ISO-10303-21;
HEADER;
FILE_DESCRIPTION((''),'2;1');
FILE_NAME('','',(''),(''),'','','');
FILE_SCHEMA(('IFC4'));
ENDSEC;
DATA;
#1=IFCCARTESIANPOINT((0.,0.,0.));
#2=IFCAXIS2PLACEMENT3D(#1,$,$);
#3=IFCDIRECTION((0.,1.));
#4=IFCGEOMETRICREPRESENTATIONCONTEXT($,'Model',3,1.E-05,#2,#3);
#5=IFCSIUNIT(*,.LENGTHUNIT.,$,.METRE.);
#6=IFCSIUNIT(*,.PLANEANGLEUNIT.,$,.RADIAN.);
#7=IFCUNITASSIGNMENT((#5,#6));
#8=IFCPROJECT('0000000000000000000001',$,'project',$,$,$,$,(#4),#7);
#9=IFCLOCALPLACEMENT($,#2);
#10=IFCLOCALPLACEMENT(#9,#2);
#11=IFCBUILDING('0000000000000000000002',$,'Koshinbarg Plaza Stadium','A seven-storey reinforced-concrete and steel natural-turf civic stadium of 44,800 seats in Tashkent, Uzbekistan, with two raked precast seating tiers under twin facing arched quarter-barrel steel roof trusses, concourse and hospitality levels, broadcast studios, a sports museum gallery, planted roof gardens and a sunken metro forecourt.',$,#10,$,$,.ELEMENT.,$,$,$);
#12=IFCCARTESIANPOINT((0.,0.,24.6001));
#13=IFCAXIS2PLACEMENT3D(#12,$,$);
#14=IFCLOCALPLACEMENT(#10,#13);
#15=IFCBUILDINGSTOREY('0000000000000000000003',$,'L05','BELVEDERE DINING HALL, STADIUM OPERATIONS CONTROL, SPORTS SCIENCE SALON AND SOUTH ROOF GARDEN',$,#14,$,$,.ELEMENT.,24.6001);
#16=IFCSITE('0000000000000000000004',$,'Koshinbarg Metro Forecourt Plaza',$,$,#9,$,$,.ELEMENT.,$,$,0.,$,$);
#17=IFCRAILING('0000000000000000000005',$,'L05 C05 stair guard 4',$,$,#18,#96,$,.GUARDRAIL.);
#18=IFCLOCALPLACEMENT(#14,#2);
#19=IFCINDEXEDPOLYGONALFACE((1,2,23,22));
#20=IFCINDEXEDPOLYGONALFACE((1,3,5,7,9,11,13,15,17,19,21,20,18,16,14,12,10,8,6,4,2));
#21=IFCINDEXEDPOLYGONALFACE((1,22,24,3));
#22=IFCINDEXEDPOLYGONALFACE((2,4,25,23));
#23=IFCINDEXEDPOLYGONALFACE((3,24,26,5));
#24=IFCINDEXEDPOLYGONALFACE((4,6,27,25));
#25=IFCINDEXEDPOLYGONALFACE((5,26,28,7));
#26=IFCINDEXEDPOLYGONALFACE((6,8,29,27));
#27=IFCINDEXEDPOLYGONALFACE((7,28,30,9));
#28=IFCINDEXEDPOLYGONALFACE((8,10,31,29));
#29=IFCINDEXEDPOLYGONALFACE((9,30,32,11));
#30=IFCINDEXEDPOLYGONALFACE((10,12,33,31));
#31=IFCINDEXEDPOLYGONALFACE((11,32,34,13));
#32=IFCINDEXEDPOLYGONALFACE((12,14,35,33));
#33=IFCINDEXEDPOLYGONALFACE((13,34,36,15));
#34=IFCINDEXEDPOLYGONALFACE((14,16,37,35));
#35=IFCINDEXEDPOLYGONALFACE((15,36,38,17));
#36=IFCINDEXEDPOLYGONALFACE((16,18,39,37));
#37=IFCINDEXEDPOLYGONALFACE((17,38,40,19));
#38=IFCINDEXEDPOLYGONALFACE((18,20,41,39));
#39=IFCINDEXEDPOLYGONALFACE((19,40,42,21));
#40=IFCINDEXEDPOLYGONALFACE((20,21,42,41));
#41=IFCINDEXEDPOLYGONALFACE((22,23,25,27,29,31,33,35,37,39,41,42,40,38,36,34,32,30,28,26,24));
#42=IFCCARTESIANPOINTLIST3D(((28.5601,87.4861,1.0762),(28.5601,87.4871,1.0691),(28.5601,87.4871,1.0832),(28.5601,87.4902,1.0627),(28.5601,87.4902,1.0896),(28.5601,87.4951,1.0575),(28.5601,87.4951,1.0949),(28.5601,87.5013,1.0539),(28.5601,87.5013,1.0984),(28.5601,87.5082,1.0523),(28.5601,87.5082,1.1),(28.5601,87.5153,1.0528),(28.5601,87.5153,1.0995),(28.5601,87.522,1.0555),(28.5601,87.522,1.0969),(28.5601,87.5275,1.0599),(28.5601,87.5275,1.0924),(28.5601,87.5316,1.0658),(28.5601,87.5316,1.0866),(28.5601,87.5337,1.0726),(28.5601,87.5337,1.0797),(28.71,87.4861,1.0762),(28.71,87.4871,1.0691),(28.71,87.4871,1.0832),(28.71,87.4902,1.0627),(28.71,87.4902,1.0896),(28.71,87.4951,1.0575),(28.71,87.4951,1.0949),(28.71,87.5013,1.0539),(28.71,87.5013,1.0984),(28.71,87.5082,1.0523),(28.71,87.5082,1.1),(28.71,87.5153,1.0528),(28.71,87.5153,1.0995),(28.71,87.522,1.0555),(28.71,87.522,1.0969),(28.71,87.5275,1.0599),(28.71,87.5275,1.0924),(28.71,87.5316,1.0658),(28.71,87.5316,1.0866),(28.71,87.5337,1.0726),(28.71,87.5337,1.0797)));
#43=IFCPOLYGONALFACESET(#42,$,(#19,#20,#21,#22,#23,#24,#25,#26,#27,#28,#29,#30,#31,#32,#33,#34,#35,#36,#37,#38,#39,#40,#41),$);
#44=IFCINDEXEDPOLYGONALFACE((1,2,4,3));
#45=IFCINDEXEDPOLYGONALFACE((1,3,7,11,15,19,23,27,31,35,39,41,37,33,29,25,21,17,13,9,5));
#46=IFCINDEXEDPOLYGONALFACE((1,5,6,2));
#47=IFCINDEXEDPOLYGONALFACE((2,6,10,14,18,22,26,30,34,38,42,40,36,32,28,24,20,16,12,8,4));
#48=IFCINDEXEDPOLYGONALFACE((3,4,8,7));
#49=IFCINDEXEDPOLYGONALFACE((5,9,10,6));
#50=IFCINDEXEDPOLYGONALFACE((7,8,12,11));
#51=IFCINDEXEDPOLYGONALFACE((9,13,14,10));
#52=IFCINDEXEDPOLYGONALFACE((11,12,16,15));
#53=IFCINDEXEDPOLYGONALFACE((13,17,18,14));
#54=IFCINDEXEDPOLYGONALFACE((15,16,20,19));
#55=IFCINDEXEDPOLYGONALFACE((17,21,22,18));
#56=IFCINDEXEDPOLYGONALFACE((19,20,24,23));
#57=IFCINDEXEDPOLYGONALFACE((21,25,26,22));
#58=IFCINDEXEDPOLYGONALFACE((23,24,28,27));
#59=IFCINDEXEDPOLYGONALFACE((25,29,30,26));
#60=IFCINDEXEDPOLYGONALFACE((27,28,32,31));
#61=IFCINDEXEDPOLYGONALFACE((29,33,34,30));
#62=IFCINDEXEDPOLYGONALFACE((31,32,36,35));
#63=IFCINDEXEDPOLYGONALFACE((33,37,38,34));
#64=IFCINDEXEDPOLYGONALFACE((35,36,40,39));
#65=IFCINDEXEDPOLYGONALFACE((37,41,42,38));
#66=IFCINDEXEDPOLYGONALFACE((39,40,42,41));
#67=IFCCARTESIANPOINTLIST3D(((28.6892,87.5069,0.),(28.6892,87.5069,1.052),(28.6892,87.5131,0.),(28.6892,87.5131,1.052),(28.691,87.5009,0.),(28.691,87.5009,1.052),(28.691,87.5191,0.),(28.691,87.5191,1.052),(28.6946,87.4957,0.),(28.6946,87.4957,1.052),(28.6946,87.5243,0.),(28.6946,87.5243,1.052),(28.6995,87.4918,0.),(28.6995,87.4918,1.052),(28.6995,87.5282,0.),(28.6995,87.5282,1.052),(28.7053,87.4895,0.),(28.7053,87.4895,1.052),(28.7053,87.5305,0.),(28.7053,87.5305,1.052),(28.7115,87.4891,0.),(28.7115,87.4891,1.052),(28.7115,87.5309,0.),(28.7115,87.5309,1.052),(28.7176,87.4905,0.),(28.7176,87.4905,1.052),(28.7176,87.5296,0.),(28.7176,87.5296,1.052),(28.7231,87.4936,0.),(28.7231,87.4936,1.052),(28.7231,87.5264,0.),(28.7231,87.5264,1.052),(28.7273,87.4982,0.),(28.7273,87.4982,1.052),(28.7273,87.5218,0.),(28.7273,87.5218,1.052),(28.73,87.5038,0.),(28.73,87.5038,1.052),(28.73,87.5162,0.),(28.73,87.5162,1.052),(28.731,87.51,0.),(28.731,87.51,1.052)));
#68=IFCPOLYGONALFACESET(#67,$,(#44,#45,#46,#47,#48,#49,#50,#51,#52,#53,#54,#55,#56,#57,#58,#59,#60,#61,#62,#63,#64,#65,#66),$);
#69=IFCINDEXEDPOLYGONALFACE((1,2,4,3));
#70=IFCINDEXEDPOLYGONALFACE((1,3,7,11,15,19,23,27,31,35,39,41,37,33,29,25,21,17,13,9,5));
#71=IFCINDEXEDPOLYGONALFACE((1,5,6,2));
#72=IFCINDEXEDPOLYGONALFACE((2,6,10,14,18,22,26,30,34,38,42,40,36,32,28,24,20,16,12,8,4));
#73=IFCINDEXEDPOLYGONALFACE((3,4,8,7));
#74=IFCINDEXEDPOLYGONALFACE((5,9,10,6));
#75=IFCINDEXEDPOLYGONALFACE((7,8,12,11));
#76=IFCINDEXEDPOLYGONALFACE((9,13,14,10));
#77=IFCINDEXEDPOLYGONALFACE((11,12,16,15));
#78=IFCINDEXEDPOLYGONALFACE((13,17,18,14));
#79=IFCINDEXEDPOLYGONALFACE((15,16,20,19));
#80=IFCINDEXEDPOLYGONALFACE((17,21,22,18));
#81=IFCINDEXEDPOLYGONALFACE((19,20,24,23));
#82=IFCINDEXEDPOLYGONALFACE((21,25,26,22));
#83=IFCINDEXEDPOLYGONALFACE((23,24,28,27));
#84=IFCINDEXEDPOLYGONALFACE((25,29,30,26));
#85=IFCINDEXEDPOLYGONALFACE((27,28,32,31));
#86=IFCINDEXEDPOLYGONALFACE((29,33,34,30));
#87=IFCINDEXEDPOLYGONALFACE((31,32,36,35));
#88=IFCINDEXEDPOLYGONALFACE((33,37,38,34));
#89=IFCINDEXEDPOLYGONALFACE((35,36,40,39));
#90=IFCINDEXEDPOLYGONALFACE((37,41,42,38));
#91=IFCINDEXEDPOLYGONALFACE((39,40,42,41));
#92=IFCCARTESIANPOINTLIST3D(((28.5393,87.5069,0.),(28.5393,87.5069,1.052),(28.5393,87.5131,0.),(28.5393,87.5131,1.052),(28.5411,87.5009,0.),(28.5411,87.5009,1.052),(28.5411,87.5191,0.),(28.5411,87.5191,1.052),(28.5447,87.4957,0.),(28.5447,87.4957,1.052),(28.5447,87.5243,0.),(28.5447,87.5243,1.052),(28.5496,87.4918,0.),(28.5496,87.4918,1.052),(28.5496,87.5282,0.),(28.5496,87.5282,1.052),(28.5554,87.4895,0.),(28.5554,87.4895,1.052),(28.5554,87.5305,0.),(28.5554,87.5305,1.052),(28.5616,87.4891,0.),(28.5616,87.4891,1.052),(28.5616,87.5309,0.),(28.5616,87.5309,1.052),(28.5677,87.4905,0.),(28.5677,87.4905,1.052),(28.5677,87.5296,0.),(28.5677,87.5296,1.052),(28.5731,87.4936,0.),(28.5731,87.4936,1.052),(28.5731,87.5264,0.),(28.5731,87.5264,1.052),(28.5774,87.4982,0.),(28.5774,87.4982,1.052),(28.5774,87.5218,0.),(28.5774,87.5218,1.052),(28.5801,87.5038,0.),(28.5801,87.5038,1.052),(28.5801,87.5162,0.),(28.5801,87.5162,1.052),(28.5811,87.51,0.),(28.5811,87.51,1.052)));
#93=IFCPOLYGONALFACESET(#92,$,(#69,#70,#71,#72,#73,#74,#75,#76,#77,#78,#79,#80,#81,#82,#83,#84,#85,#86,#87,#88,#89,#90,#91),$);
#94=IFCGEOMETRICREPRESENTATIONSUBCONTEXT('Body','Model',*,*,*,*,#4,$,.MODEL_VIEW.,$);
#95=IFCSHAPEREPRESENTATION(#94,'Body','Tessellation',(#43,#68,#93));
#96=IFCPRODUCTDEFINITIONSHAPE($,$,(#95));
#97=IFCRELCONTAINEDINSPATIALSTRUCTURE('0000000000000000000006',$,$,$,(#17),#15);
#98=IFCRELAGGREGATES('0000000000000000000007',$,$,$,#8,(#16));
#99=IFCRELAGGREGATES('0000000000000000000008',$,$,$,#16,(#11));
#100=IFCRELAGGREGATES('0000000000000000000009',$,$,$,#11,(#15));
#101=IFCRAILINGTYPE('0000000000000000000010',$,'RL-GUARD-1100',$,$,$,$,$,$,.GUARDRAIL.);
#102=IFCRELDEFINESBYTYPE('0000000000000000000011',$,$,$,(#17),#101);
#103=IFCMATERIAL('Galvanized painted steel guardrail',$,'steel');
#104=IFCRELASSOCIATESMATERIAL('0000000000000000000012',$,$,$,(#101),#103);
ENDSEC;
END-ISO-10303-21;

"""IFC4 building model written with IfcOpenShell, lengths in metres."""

from ifc_helpers import new_model, si_unit, direction, frame, origin, origin_2d, place, context, subcontext, project, spatial, circle, extrude, material, type_object, element, save


model = new_model("IFC4")

# Units and contexts
model_context = context("Model", 3, precision=1e-05, world=origin(), true_north=direction((0.0, 1.0)))
body_context = subcontext(model_context, "Body", "Model", "MODEL_VIEW")
ifc_project = project(units=[si_unit("LENGTHUNIT", "METRE"), si_unit("PLANEANGLEUNIT", "RADIAN")], contexts=[model_context])

# Site, building, storey
site_placement = place(None, origin())
site = spatial("IfcSite", under=ifc_project, at=site_placement, Name="Koshinbarg Metro Forecourt Plaza", CompositionType="ELEMENT", RefElevation=0.0)
building_placement = place(site_placement, origin())
building = spatial("IfcBuilding", under=site, at=building_placement, Name="Koshinbarg Plaza Stadium", Description="A seven-storey reinforced-concrete and steel natural-turf civic stadium of 44,800 seats in Tashkent, Uzbekistan, with two raked precast seating tiers under twin facing arched quarter-barrel steel roof trusses, concourse and hospitality levels, broadcast studios, a sports museum gallery, planted roof gardens and a sunken metro forecourt.", CompositionType="ELEMENT")
storey_placement = place(building_placement, frame((0.0, 0.0, 24.6001)))
storey = spatial("IfcBuildingStorey", under=building, at=storey_placement, Name="L05", Description="BELVEDERE DINING HALL, STADIUM OPERATIONS CONTROL, SPORTS SCIENCE SALON AND SOUTH ROOF GARDEN", CompositionType="ELEMENT", Elevation=24.6001)

# Railing
ifc_material_1 = material(Name="Galvanized painted steel guardrail", Category="steel")
railing_type_1 = type_object("IfcRailingType", Name="RL-GUARD-1100", PredefinedType="GUARDRAIL", material=ifc_material_1)
railing_1_placement = place(storey_placement, frame((28.71, 87.51, 0.0)))
element("IfcRailing", 1, at=railing_1_placement, inside=storey, type_object=railing_type_1, Name="L05 C05 stair guard 4", PredefinedType="GUARDRAIL", context=body_context, shape_type="SweptSolid", body=[
    extrude(circle(Radius=0.0239, at=origin_2d()), frame((0.0, 0.0, 1.0762), z_axis=(-1.0, 0.0, 0.0), x_axis=(0.0, -1.0, 0.0)), (0.0, 0.0, 1.0), 0.1499),
    extrude(circle(Radius=0.021, at=origin_2d()), origin(), (0.0, 0.0, 1.0), 1.052),
    extrude(circle(Radius=0.021, at=origin_2d()), frame((-0.1499, 0.0, 0.0)), (0.0, 0.0, 1.0), 1.052),
])

save(model, "model.ifc")
